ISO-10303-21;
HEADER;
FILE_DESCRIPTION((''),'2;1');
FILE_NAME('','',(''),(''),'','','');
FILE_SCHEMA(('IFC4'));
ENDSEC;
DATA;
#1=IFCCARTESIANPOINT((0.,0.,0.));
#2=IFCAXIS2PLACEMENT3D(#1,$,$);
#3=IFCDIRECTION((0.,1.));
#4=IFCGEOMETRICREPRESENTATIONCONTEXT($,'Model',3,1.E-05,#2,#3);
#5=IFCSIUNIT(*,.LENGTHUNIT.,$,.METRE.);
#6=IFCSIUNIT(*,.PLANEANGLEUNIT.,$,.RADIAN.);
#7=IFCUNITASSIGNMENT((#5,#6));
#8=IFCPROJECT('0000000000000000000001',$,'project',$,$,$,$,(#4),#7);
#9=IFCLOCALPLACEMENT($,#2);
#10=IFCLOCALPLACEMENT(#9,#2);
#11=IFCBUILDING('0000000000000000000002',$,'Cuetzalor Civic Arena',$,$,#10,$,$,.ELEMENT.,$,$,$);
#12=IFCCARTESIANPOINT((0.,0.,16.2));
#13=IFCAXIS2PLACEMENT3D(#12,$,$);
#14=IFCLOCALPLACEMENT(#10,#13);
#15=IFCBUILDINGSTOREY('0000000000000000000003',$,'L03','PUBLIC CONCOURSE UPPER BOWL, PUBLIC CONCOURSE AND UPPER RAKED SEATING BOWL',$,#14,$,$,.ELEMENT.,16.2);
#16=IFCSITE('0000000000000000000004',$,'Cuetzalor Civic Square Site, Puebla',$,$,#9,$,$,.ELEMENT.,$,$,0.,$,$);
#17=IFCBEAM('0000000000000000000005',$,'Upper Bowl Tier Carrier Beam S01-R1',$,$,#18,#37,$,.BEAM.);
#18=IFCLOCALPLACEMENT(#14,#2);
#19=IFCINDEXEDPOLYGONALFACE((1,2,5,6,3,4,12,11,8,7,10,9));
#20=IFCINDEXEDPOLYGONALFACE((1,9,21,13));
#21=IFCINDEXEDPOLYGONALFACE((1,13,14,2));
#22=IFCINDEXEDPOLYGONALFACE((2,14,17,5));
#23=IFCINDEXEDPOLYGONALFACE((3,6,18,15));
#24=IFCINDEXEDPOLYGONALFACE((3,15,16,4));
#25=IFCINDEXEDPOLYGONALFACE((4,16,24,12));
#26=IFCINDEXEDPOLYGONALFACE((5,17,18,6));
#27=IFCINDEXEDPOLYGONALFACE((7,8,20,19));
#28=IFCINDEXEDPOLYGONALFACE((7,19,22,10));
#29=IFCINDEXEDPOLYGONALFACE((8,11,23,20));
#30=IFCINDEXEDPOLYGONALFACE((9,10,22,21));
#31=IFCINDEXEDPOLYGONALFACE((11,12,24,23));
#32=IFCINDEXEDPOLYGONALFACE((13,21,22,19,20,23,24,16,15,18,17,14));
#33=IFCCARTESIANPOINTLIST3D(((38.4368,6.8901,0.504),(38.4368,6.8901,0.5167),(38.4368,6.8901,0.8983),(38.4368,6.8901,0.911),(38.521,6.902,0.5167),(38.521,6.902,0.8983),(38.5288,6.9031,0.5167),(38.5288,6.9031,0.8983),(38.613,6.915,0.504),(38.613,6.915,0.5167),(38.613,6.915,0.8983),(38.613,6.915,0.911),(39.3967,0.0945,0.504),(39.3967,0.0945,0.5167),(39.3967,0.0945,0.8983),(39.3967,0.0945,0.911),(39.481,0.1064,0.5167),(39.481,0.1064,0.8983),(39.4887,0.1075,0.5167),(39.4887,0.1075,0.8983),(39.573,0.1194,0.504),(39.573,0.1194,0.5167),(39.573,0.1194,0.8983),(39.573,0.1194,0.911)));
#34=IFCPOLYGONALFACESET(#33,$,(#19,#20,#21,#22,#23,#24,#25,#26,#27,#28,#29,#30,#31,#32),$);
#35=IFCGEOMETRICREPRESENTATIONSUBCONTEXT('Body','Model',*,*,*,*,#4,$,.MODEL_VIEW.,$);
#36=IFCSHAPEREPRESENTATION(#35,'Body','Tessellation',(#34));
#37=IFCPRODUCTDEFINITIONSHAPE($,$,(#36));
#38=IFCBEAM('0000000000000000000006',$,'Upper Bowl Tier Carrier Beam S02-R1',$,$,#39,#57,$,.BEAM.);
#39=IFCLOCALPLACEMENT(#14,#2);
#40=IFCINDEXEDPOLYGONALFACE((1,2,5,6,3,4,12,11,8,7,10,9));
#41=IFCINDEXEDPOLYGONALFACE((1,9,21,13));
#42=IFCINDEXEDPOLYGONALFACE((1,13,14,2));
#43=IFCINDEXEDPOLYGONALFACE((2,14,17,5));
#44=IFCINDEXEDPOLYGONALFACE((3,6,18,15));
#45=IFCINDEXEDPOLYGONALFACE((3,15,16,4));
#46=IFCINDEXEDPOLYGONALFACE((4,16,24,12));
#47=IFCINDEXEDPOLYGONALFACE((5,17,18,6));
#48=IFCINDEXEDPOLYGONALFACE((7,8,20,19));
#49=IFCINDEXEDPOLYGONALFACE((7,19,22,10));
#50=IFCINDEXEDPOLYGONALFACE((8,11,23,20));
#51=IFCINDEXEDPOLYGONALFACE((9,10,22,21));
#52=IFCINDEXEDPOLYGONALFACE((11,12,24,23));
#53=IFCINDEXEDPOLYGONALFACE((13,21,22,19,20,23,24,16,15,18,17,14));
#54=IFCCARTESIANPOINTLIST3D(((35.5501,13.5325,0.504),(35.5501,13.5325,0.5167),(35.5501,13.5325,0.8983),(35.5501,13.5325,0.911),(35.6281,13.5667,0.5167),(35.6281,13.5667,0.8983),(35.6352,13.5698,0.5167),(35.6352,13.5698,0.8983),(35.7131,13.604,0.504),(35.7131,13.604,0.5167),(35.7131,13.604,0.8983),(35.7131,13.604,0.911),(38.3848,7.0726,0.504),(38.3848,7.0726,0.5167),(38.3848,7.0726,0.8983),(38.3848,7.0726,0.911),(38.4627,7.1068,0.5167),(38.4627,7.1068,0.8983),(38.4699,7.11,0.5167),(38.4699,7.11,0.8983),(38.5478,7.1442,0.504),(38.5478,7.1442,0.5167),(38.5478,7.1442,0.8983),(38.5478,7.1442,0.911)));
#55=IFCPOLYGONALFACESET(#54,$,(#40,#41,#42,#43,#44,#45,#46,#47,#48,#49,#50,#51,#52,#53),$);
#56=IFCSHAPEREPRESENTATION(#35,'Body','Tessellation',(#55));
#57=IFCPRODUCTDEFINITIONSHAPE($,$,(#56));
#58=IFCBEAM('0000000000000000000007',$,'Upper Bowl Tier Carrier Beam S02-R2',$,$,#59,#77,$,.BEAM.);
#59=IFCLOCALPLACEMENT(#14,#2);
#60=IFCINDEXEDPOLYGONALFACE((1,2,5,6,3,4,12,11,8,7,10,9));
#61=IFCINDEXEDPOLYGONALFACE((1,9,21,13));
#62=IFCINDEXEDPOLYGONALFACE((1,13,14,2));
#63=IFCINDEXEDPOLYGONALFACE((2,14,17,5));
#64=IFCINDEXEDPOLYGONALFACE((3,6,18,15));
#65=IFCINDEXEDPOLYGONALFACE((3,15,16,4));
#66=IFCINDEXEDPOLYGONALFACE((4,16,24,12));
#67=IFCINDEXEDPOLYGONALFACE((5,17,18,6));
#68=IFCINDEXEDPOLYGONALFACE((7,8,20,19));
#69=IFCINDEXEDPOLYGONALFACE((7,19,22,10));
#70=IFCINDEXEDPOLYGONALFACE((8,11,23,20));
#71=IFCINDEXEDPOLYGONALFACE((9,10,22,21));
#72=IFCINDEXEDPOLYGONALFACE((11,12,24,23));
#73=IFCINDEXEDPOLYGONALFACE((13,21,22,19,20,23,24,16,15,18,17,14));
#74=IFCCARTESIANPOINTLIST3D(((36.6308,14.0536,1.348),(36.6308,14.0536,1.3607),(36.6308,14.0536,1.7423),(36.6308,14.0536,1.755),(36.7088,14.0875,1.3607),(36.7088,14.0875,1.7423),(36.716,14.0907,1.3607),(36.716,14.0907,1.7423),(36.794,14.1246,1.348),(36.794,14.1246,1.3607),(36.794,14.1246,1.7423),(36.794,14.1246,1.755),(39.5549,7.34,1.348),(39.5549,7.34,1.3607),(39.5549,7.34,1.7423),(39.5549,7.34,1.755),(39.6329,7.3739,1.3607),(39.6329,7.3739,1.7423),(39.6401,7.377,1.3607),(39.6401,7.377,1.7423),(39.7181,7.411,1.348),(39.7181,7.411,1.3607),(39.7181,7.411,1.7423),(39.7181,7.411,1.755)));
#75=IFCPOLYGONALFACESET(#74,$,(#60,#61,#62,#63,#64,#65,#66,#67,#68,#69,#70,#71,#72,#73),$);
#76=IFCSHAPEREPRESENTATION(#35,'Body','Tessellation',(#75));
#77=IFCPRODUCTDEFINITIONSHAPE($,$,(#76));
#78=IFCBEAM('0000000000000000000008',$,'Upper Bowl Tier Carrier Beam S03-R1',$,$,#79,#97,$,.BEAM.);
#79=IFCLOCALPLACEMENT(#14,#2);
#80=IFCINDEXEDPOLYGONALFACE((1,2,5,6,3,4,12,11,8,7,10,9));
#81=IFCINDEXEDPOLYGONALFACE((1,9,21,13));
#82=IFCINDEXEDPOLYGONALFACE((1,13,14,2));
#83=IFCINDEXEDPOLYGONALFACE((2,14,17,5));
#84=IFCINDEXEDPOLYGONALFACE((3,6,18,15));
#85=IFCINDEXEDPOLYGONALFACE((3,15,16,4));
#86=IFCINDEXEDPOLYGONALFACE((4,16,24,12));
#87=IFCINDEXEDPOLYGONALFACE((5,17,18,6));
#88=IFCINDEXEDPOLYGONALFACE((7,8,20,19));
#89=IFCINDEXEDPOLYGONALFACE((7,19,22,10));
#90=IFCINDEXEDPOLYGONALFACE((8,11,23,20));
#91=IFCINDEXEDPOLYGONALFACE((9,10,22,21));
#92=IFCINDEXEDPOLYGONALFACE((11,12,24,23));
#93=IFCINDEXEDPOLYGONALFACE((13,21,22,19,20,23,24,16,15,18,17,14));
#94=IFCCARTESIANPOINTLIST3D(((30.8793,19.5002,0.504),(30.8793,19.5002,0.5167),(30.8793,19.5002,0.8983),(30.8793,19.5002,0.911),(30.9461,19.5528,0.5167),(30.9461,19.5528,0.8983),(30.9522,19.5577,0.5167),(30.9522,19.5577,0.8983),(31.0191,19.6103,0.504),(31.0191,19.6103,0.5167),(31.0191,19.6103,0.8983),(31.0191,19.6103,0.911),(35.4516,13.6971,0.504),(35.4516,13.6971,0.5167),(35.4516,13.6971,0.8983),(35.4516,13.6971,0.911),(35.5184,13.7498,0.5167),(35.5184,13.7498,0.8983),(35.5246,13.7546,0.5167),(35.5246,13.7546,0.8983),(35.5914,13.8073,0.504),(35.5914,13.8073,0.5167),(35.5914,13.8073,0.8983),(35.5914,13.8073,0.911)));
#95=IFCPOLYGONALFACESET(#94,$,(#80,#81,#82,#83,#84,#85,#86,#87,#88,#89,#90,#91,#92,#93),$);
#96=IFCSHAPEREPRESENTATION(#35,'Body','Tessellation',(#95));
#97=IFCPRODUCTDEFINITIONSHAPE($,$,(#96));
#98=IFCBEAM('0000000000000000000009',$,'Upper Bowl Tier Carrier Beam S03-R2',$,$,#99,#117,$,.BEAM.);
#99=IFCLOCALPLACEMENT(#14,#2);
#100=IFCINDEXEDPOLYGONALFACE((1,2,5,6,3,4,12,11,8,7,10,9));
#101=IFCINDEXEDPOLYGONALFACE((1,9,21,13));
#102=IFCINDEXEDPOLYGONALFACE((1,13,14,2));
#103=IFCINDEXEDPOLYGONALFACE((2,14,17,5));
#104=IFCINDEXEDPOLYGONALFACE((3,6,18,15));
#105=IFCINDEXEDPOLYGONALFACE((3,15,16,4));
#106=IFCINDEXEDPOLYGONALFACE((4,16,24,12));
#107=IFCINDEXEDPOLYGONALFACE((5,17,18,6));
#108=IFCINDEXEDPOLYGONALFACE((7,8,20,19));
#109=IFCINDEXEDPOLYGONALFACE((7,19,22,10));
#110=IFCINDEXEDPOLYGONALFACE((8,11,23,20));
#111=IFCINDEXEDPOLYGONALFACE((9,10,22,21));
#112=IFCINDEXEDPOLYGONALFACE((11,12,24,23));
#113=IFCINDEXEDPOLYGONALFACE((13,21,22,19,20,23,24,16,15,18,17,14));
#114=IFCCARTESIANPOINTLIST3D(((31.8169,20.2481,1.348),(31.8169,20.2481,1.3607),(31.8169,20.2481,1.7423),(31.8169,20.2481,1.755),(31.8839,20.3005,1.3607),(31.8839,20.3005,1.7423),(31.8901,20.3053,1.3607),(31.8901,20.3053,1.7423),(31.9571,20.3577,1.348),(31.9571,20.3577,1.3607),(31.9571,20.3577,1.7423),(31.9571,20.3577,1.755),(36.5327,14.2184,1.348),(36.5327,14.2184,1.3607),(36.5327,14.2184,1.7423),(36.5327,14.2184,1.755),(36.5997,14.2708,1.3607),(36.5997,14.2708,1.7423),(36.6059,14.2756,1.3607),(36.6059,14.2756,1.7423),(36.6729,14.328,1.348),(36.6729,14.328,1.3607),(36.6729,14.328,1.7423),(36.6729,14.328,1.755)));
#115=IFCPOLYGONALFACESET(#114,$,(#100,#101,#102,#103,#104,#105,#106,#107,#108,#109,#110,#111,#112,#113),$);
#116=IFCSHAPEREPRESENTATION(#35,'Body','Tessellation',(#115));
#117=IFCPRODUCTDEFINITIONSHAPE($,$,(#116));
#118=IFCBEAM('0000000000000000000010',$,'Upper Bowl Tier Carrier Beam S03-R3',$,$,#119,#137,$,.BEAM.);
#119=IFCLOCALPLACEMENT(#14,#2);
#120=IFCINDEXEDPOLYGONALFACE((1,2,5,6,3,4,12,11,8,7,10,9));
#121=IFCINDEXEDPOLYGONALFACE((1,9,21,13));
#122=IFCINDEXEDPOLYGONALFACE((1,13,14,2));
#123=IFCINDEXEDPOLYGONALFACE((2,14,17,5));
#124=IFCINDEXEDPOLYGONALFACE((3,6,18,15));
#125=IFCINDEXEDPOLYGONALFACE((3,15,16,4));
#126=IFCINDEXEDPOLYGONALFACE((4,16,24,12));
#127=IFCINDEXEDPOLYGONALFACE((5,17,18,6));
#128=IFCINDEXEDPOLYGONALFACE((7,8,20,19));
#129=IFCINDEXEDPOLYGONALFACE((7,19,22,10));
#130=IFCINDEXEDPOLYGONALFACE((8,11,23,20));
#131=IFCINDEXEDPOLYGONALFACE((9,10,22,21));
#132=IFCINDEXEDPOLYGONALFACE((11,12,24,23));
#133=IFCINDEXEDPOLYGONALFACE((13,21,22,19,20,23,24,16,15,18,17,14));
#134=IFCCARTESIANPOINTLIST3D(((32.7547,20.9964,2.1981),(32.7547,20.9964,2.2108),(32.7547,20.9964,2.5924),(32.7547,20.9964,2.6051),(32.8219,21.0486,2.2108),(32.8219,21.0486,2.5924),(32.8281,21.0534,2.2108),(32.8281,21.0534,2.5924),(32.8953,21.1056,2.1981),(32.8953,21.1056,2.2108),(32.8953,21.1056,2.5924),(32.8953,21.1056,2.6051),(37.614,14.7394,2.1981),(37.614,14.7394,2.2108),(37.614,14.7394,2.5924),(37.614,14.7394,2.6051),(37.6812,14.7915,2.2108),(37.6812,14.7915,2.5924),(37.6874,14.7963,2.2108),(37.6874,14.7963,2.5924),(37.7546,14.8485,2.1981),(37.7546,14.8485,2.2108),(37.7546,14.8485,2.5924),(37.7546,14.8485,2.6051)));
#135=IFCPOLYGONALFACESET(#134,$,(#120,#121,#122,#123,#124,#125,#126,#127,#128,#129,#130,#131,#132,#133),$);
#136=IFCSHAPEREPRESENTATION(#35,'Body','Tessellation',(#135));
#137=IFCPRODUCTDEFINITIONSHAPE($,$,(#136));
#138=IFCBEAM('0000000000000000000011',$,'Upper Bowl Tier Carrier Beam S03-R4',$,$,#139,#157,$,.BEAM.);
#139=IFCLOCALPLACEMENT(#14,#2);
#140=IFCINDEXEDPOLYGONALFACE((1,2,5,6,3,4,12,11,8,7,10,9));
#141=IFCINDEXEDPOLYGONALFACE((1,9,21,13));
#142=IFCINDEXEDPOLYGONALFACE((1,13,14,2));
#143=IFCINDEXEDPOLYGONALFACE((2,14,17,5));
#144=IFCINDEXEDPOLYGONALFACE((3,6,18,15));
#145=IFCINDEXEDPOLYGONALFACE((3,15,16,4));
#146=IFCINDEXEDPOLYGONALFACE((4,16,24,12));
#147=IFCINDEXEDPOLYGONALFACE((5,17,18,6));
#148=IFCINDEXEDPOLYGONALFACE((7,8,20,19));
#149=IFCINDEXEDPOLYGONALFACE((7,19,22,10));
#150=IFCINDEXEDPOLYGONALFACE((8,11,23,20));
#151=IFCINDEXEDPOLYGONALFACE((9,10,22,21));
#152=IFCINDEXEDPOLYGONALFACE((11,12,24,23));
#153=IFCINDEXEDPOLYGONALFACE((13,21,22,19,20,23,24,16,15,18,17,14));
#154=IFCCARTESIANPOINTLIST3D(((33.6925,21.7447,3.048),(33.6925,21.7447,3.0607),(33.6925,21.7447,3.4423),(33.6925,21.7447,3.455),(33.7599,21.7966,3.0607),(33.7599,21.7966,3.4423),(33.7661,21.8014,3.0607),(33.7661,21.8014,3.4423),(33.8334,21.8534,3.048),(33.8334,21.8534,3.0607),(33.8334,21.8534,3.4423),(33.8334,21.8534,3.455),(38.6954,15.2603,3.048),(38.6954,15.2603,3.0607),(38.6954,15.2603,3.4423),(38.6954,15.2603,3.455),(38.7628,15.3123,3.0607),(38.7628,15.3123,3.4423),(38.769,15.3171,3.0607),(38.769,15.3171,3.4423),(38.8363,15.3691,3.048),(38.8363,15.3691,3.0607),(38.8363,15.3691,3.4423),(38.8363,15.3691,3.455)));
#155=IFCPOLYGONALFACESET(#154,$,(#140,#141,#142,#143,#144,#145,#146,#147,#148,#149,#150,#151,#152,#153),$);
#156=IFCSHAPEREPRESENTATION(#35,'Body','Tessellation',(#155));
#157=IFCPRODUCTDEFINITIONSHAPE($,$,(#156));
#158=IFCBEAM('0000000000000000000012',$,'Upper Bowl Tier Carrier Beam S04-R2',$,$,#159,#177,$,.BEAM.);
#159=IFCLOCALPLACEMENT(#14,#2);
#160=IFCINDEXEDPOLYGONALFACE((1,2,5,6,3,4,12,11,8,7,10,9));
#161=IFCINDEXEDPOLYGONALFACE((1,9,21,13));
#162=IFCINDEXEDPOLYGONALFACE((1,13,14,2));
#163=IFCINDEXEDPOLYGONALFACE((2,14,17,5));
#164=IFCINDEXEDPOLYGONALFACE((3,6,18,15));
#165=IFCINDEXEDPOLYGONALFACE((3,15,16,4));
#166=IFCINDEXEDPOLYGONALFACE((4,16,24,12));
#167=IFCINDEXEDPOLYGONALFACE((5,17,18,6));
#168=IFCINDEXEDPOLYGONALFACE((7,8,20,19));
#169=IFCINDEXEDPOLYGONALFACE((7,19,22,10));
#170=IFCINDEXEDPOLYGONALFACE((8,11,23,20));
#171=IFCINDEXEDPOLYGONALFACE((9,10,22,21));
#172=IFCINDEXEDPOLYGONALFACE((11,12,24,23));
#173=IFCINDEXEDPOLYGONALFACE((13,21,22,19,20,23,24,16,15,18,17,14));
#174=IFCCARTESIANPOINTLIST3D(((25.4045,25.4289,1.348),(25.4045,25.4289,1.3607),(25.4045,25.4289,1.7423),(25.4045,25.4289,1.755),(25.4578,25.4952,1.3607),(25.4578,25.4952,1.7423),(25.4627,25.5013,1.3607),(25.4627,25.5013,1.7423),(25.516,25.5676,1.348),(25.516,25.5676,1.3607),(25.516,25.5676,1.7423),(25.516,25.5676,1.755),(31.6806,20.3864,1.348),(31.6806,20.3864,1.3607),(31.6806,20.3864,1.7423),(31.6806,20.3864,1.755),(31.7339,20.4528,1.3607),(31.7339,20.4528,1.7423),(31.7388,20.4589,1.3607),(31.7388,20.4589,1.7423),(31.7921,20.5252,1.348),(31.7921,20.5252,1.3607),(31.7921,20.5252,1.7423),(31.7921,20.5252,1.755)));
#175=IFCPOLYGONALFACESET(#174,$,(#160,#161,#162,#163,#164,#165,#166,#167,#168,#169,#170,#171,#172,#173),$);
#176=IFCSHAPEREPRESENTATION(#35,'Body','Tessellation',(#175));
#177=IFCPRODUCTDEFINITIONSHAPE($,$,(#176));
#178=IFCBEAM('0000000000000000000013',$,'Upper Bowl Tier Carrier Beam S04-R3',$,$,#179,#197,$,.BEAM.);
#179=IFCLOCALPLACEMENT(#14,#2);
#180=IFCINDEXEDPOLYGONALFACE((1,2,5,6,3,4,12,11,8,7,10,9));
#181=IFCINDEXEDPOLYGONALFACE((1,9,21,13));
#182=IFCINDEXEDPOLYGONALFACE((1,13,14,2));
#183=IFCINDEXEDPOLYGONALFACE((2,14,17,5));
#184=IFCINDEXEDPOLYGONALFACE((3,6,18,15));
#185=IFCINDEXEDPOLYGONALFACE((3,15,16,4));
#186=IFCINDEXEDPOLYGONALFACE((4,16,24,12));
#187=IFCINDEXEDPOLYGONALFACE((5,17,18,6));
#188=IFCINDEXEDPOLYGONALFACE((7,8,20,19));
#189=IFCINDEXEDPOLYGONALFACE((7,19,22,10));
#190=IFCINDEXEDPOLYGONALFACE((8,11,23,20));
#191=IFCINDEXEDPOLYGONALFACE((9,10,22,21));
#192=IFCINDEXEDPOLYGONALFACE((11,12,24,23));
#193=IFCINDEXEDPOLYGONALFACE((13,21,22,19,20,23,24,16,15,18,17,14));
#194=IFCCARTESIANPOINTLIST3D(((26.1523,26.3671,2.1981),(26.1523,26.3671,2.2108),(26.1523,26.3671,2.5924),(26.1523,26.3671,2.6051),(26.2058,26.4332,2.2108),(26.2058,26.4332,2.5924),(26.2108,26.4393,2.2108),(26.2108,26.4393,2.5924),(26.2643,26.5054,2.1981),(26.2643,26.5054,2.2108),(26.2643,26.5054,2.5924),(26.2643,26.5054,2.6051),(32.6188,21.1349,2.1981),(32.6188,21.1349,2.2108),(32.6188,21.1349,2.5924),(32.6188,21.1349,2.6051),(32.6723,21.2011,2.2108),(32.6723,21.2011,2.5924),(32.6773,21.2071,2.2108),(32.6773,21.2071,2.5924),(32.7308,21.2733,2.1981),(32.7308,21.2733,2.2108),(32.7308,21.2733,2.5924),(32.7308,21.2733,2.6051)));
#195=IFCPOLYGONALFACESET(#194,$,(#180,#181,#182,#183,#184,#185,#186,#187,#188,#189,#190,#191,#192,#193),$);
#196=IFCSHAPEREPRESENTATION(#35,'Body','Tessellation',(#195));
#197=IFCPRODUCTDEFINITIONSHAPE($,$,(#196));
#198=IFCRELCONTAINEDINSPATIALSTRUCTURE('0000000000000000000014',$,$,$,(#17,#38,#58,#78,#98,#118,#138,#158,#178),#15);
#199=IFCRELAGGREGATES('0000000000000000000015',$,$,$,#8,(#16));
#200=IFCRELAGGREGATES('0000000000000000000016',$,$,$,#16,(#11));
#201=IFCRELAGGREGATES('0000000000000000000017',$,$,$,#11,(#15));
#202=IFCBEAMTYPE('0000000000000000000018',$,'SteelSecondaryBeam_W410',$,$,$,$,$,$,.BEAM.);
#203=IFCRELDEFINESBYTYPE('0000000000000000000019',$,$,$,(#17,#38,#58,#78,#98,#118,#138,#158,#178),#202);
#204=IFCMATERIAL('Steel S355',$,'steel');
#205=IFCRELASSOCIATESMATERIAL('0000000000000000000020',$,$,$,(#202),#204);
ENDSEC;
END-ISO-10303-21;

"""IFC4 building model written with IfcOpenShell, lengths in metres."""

from ifc_helpers import new_model, si_unit, direction, frame, origin, origin_2d, place, context, subcontext, project, spatial, i_section, extrude, material, material_profile, profile_set, type_object, element, save


model = new_model("IFC4")

# Units and contexts
model_context = context("Model", 3, precision=1e-05, world=origin(), true_north=direction((0.0, 1.0)))
body_context = subcontext(model_context, "Body", "Model", "MODEL_VIEW")
ifc_project = project(units=[si_unit("LENGTHUNIT", "METRE"), si_unit("PLANEANGLEUNIT", "RADIAN")], contexts=[model_context])

# Site, building, storey
site_placement = place(None, origin())
site = spatial("IfcSite", under=ifc_project, at=site_placement, Name="Cuetzalor Civic Square Site, Puebla", CompositionType="ELEMENT", RefElevation=0.0)
building_placement = place(site_placement, origin())
building = spatial("IfcBuilding", under=site, at=building_placement, Name="Cuetzalor Civic Arena", CompositionType="ELEMENT")
storey_placement = place(building_placement, frame((0.0, 0.0, 16.2)))
storey = spatial("IfcBuildingStorey", under=building, at=storey_placement, Name="L03", Description="PUBLIC CONCOURSE UPPER BOWL, PUBLIC CONCOURSE AND UPPER RAKED SEATING BOWL", CompositionType="ELEMENT", Elevation=16.2)

# Beams
ifc_material_1 = material(Name="Steel S355", Category="steel")
ifc_material_profile_1 = material_profile(ifc_material_1, i_section(OverallWidth=0.178, OverallDepth=0.407, WebThickness=0.0078, FlangeThickness=0.0127, at=origin_2d()), Name="W410x60")
ifc_profile_set_1 = profile_set([ifc_material_profile_1], Name="Steel S355")
beam_type_1 = type_object("IfcBeamType", Name="SteelSecondaryBeam_W410", PredefinedType="BEAM", material=ifc_profile_set_1)
beam_1_placement = place(storey_placement, frame((39.4849, 0.1069, 0.7075), z_axis=(-0.139872, 0.99017, 0.0), x_axis=(-0.99017, -0.139872, 0.0)))
element("IfcBeam", 1, at=beam_1_placement, inside=storey, type_object=beam_type_1, Name="Upper Bowl Tier Carrier Beam S01-R1", PredefinedType="BEAM", context=body_context, shape_type="SweptSolid", body=[
    extrude(i_section(OverallWidth=0.178, OverallDepth=0.407, WebThickness=0.0078, FlangeThickness=0.0127, at=origin_2d()), origin(), (0.0, 0.0, 1.0), 6.863),
])
beam_2_placement = place(storey_placement, frame((38.4663, 7.1084, 0.7075), z_axis=(-0.401828, 0.915715, 0.0), x_axis=(-0.915715, -0.401828, 0.0)))
element("IfcBeam", 2, at=beam_2_placement, inside=storey, type_object=beam_type_1, Name="Upper Bowl Tier Carrier Beam S02-R1", PredefinedType="BEAM", context=body_context, shape_type="SweptSolid", body=[
    extrude(i_section(OverallWidth=0.178, OverallDepth=0.407, WebThickness=0.0078, FlangeThickness=0.0127, at=origin_2d()), origin(), (0.0, 0.0, 1.0), 7.0544),
])
beam_3_placement = place(storey_placement, frame((39.6365, 7.3755, 1.5515), z_axis=(-0.399312, 0.916815, 0.0), x_axis=(-0.916815, -0.399312, 0.0)))
element("IfcBeam", 3, at=beam_3_placement, inside=storey, type_object=beam_type_1, Name="Upper Bowl Tier Carrier Beam S02-R2", PredefinedType="BEAM", context=body_context, shape_type="SweptSolid", body=[
    extrude(i_section(OverallWidth=0.178, OverallDepth=0.407, WebThickness=0.0078, FlangeThickness=0.0127, at=origin_2d()), origin(), (0.0, 0.0, 1.0), 7.3228),
])
beam_4_placement = place(storey_placement, frame((35.5215, 13.7522, 0.7075), z_axis=(-0.618891, 0.785477, 0.0), x_axis=(-0.785477, -0.618891, 0.0)))
element("IfcBeam", 4, at=beam_4_placement, inside=storey, type_object=beam_type_1, Name="Upper Bowl Tier Carrier Beam S03-R1", PredefinedType="BEAM", context=body_context, shape_type="SweptSolid", body=[
    extrude(i_section(OverallWidth=0.178, OverallDepth=0.407, WebThickness=0.0078, FlangeThickness=0.0127, at=origin_2d()), origin(), (0.0, 0.0, 1.0), 7.3879),
])
beam_5_placement = place(storey_placement, frame((36.6028, 14.2732, 1.5515), z_axis=(-0.616054, 0.787704, 0.0), x_axis=(-0.787704, -0.616054, 0.0)))
element("IfcBeam", 5, at=beam_5_placement, inside=storey, type_object=beam_type_1, Name="Upper Bowl Tier Carrier Beam S03-R2", PredefinedType="BEAM", context=body_context, shape_type="SweptSolid", body=[
    extrude(i_section(OverallWidth=0.178, OverallDepth=0.407, WebThickness=0.0078, FlangeThickness=0.0127, at=origin_2d()), origin(), (0.0, 0.0, 1.0), 7.6548),
])
beam_6_placement = place(storey_placement, frame((37.6843, 14.7939, 2.4016), z_axis=(-0.613371, 0.789795, 0.0), x_axis=(-0.789795, -0.613371, 0.0)))
element("IfcBeam", 6, at=beam_6_placement, inside=storey, type_object=beam_type_1, Name="Upper Bowl Tier Carrier Beam S03-R3", PredefinedType="BEAM", context=body_context, shape_type="SweptSolid", body=[
    extrude(i_section(OverallWidth=0.178, OverallDepth=0.407, WebThickness=0.0078, FlangeThickness=0.0127, at=origin_2d()), origin(), (0.0, 0.0, 1.0), 7.9224),
])
beam_7_placement = place(storey_placement, frame((38.7659, 15.3147, 3.2515), z_axis=(-0.610857, 0.791741, 0.0), x_axis=(-0.791741, -0.610857, 0.0)))
element("IfcBeam", 7, at=beam_7_placement, inside=storey, type_object=beam_type_1, Name="Upper Bowl Tier Carrier Beam S03-R4", PredefinedType="BEAM", context=body_context, shape_type="SweptSolid", body=[
    extrude(i_section(OverallWidth=0.178, OverallDepth=0.407, WebThickness=0.0078, FlangeThickness=0.0127, at=origin_2d()), origin(), (0.0, 0.0, 1.0), 8.1899),
])
beam_8_placement = place(storey_placement, frame((31.7363, 20.4558, 1.5515), z_axis=(-0.779559, 0.626328, 0.0), x_axis=(-0.626328, -0.779559, 0.0)))
element("IfcBeam", 8, at=beam_8_placement, inside=storey, type_object=beam_type_1, Name="Upper Bowl Tier Carrier Beam S04-R2", PredefinedType="BEAM", context=body_context, shape_type="SweptSolid", body=[
    extrude(i_section(OverallWidth=0.178, OverallDepth=0.407, WebThickness=0.0078, FlangeThickness=0.0127, at=origin_2d()), origin(), (0.0, 0.0, 1.0), 8.0508),
])
beam_9_placement = place(storey_placement, frame((32.6748, 21.2041, 2.4016), z_axis=(-0.777401, 0.629006, 0.0), x_axis=(-0.629006, -0.777401, 0.0)))
element("IfcBeam", 9, at=beam_9_placement, inside=storey, type_object=beam_type_1, Name="Upper Bowl Tier Carrier Beam S04-R3", PredefinedType="BEAM", context=body_context, shape_type="SweptSolid", body=[
    extrude(i_section(OverallWidth=0.178, OverallDepth=0.407, WebThickness=0.0078, FlangeThickness=0.0127, at=origin_2d()), origin(), (0.0, 0.0, 1.0), 8.3181),
])

save(model, "model.ifc")
